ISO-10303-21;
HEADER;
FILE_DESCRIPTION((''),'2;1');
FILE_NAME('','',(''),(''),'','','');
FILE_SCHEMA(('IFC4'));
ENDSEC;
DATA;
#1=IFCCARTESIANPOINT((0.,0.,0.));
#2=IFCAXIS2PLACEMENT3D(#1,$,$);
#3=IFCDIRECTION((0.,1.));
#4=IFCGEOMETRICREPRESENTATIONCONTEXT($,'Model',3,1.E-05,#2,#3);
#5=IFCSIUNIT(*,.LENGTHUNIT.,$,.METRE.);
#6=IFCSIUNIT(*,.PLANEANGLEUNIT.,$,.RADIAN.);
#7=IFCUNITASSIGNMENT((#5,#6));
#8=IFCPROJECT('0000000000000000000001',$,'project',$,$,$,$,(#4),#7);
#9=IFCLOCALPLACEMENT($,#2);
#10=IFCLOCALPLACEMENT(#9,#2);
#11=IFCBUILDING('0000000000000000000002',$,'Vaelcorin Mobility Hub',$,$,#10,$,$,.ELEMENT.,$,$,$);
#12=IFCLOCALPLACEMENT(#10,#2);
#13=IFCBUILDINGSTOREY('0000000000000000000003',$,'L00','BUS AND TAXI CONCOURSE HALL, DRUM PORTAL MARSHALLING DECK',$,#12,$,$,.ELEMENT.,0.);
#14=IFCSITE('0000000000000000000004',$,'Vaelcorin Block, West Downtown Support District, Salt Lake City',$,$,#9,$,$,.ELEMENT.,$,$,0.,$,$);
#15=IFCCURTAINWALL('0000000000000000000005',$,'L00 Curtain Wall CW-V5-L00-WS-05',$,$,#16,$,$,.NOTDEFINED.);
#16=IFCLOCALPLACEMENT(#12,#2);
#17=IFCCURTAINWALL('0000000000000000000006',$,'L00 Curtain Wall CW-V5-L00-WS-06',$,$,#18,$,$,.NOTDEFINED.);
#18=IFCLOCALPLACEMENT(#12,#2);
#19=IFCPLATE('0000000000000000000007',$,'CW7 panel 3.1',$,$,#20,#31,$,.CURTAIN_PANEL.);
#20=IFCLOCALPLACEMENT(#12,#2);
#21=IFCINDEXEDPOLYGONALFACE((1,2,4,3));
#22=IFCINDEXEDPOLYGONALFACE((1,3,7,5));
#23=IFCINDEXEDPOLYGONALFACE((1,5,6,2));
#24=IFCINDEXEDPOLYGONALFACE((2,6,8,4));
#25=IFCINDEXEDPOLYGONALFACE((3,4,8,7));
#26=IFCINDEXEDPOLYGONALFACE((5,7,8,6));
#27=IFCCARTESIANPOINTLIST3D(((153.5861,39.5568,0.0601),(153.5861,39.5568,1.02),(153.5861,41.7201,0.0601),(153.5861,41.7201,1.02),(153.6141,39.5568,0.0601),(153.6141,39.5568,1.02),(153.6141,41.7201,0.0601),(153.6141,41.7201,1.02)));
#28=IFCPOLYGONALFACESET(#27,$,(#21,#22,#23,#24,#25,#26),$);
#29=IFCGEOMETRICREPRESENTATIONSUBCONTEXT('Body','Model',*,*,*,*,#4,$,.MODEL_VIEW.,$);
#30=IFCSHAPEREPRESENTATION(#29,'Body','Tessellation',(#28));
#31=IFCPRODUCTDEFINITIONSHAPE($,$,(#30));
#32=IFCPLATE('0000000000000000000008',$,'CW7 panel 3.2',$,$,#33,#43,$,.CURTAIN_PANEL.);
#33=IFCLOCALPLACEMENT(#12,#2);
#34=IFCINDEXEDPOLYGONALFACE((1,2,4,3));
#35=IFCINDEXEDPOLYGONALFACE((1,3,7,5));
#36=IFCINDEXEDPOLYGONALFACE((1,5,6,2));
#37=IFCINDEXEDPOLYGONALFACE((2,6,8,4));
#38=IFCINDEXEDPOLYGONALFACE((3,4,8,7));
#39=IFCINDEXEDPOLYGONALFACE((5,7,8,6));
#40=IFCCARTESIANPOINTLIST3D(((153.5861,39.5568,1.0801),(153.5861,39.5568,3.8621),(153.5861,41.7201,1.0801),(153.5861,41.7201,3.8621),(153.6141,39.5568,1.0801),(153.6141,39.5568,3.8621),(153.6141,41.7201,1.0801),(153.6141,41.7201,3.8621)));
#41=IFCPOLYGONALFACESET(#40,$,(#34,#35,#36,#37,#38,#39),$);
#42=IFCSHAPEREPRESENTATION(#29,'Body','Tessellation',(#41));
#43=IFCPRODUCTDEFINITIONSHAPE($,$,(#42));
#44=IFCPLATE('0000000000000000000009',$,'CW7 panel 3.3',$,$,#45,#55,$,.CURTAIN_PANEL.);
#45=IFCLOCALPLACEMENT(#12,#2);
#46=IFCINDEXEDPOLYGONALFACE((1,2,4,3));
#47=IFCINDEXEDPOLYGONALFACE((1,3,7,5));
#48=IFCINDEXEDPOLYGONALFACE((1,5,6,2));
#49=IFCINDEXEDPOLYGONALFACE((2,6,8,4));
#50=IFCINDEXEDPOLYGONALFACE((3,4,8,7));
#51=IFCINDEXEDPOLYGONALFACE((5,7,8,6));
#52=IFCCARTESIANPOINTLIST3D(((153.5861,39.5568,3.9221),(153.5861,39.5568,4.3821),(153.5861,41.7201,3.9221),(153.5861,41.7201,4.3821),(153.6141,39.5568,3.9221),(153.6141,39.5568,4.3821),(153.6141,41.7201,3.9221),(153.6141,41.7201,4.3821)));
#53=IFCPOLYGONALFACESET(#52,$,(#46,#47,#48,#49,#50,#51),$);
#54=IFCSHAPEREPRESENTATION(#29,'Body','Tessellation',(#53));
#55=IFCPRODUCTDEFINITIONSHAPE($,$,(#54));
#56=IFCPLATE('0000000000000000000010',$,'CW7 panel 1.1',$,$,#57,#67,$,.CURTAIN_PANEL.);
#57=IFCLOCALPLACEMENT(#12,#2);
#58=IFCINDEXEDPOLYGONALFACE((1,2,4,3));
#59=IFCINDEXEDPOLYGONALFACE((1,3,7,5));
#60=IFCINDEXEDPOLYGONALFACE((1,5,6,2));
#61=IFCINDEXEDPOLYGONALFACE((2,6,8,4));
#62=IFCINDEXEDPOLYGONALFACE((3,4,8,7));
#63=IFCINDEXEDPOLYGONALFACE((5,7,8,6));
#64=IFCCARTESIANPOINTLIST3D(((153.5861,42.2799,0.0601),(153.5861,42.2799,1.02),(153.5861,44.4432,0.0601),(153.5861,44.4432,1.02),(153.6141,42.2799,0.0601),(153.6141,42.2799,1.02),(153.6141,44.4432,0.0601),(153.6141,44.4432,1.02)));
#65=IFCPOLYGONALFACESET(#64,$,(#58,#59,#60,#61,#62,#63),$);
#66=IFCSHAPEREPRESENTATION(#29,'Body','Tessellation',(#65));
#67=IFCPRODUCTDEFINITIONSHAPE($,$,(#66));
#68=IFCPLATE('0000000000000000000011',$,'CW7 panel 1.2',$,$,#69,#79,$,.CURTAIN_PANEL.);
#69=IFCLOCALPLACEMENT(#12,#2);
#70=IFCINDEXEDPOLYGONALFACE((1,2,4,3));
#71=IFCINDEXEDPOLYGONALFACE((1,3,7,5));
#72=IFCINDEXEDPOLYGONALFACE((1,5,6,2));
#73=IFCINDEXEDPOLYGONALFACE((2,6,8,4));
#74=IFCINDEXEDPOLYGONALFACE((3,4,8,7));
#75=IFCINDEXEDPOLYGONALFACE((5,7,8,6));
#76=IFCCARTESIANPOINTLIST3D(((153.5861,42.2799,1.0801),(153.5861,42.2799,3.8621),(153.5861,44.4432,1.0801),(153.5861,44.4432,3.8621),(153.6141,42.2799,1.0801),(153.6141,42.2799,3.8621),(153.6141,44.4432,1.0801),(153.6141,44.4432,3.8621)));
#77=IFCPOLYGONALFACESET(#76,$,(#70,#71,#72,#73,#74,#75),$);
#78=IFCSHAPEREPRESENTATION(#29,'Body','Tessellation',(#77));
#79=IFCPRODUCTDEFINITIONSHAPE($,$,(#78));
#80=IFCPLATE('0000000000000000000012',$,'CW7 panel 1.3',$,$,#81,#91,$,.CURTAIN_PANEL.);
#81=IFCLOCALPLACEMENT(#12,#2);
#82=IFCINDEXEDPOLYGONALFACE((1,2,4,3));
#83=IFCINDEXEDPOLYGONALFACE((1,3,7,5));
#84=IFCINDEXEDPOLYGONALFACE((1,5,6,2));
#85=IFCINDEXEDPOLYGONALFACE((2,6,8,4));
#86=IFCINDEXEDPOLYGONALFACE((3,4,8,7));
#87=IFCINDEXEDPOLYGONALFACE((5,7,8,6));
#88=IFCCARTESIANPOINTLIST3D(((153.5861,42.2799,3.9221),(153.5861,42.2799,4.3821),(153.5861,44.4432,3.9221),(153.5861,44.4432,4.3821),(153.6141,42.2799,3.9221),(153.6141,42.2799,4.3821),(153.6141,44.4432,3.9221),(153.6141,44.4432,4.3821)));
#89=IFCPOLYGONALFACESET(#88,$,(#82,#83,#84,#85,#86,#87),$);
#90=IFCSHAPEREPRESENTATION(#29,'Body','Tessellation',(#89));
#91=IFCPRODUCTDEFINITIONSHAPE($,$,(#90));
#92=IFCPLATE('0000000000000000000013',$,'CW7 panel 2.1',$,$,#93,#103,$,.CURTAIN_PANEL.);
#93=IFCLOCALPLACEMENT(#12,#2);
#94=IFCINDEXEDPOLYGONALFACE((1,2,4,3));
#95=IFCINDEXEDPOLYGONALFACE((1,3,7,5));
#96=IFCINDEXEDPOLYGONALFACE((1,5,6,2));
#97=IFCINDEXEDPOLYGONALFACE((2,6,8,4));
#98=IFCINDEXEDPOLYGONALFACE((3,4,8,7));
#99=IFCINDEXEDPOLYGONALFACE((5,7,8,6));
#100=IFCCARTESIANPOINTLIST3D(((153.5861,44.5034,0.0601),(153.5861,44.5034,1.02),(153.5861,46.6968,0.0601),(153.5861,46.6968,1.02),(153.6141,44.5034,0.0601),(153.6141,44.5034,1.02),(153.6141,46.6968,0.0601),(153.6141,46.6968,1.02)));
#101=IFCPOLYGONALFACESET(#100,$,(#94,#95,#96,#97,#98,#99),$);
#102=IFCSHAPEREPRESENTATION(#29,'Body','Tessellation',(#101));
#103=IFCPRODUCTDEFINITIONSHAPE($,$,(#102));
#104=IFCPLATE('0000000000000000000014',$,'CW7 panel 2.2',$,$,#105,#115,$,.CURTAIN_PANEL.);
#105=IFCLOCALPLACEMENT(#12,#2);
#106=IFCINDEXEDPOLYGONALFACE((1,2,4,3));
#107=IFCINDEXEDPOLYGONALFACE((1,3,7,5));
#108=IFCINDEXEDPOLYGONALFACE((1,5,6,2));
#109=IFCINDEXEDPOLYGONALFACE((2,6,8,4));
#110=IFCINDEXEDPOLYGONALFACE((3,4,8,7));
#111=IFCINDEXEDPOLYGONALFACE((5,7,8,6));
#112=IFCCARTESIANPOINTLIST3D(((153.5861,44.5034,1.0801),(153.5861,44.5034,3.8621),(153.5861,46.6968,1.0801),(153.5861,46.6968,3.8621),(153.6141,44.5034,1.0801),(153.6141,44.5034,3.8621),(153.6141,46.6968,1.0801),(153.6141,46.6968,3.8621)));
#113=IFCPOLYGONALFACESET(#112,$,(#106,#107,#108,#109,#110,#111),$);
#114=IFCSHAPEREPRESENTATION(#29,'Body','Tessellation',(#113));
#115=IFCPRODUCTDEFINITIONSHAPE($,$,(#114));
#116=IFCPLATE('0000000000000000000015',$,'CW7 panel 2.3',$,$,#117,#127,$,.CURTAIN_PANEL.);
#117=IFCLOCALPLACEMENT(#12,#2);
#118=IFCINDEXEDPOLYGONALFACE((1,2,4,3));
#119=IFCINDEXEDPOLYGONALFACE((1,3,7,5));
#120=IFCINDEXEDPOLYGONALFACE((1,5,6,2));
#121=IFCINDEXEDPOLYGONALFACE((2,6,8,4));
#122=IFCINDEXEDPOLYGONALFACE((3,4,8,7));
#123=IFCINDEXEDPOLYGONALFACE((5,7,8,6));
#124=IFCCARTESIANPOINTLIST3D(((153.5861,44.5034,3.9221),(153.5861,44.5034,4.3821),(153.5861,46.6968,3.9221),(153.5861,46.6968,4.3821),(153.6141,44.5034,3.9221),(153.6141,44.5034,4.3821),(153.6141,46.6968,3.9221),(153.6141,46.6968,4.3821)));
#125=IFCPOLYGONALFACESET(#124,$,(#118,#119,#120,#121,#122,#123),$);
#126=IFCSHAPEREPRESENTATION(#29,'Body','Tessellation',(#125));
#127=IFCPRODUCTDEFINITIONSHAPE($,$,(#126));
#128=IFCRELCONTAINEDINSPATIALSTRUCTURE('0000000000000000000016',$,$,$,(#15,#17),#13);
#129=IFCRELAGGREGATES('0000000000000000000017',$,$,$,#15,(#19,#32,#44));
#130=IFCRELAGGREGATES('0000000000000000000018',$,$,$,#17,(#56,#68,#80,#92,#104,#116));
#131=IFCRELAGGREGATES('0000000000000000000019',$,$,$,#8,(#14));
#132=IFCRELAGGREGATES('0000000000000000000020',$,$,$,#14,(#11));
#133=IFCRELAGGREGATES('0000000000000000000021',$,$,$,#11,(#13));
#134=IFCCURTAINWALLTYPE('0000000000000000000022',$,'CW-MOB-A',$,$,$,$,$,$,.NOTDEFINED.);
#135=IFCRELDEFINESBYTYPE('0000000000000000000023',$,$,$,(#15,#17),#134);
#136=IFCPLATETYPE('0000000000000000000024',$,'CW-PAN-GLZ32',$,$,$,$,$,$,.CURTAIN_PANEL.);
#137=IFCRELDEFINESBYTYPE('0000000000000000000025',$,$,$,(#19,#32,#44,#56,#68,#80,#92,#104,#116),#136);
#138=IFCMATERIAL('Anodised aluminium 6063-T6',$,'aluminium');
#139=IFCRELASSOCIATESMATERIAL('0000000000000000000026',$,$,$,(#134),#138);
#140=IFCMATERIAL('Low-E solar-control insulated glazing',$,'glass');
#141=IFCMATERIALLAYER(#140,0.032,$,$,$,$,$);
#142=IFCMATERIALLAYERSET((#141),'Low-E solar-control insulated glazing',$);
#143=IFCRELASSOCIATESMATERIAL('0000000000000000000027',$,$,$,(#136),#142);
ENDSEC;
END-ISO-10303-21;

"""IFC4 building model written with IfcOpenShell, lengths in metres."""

from ifc_helpers import new_model, si_unit, direction, frame, origin, origin_2d, place, context, subcontext, project, spatial, rectangle, extrude, material, layer, layer_set, type_object, element, aggregate, save


model = new_model("IFC4")

# Units and contexts
model_context = context("Model", 3, precision=1e-05, world=origin(), true_north=direction((0.0, 1.0)))
body_context = subcontext(model_context, "Body", "Model", "MODEL_VIEW")
ifc_project = project(units=[si_unit("LENGTHUNIT", "METRE"), si_unit("PLANEANGLEUNIT", "RADIAN")], contexts=[model_context])

# Site, building, storey
site_placement = place(None, origin())
site = spatial("IfcSite", under=ifc_project, at=site_placement, Name="Vaelcorin Block, West Downtown Support District, Salt Lake City", CompositionType="ELEMENT", RefElevation=0.0)
building_placement = place(site_placement, origin())
building = spatial("IfcBuilding", under=site, at=building_placement, Name="Vaelcorin Mobility Hub", CompositionType="ELEMENT")
storey_placement = place(building_placement, origin())
storey = spatial("IfcBuildingStorey", under=building, at=storey_placement, Name="L00", Description="BUS AND TAXI CONCOURSE HALL, DRUM PORTAL MARSHALLING DECK", CompositionType="ELEMENT", Elevation=0.0)

# Curtain wall
ifc_material_1 = material(Name="Anodised aluminium 6063-T6", Category="aluminium")
curtain_wall_type = type_object("IfcCurtainWallType", Name="CW-MOB-A", PredefinedType="NOTDEFINED", material=ifc_material_1)
curtain_wall_1_placement = place(storey_placement, origin())
curtain_wall_1 = element("IfcCurtainWall", 1, at=curtain_wall_1_placement, inside=storey, type_object=curtain_wall_type, Name="L00 Curtain Wall CW-V5-L00-WS-05", PredefinedType="NOTDEFINED")

# Curtain wall
curtain_wall_2_placement = place(storey_placement, origin())
curtain_wall_2 = element("IfcCurtainWall", 2, at=curtain_wall_2_placement, inside=storey, type_object=curtain_wall_type, Name="L00 Curtain Wall CW-V5-L00-WS-06", PredefinedType="NOTDEFINED")

# Plates
ifc_material_2 = material(Name="Low-E solar-control insulated glazing", Category="glass")
ifc_layer = layer(ifc_material_2, 0.032)
ifc_layer_set = layer_set([ifc_layer], Name="Low-E solar-control insulated glazing")
plate_type = type_object("IfcPlateType", Name="CW-PAN-GLZ32", PredefinedType="CURTAIN_PANEL", material=ifc_layer_set)
plate_1_placement = place(storey_placement, frame((153.6001, 40.6384, 0.0601), z_axis=(0.0, 0.0, 1.0), x_axis=(0.0, 1.0, 0.0)))
plate_1 = element("IfcPlate", 3, at=plate_1_placement, type_object=plate_type, Name="CW7 panel 3.1", PredefinedType="CURTAIN_PANEL", context=body_context, shape_type="SweptSolid", body=[
    extrude(rectangle(XDim=2.1633, YDim=0.0281, at=origin_2d()), origin(), (0.0, 0.0, 1.0), 0.96),
])
plate_2_placement = place(storey_placement, frame((153.6001, 40.6384, 1.0801), z_axis=(0.0, 0.0, 1.0), x_axis=(0.0, 1.0, 0.0)))
plate_2 = element("IfcPlate", 4, at=plate_2_placement, type_object=plate_type, Name="CW7 panel 3.2", PredefinedType="CURTAIN_PANEL", context=body_context, shape_type="SweptSolid", body=[
    extrude(rectangle(XDim=2.1633, YDim=0.0281, at=origin_2d()), origin(), (0.0, 0.0, 1.0), 2.782),
])
plate_3_placement = place(storey_placement, frame((153.6001, 40.6384, 3.9221), z_axis=(0.0, 0.0, 1.0), x_axis=(0.0, 1.0, 0.0)))
plate_3 = element("IfcPlate", 5, at=plate_3_placement, type_object=plate_type, Name="CW7 panel 3.3", PredefinedType="CURTAIN_PANEL", context=body_context, shape_type="SweptSolid", body=[
    extrude(rectangle(XDim=2.1633, YDim=0.0281, at=origin_2d()), origin(), (0.0, 0.0, 1.0), 0.46),
])
aggregate(curtain_wall_1, [plate_1, plate_2, plate_3])
plate_4_placement = place(storey_placement, frame((153.6001, 43.3616, 0.0601), z_axis=(0.0, 0.0, 1.0), x_axis=(0.0, 1.0, 0.0)))
plate_4 = element("IfcPlate", 6, at=plate_4_placement, type_object=plate_type, Name="CW7 panel 1.1", PredefinedType="CURTAIN_PANEL", context=body_context, shape_type="SweptSolid", body=[
    extrude(rectangle(XDim=2.1633, YDim=0.0281, at=origin_2d()), origin(), (0.0, 0.0, 1.0), 0.96),
])
plate_5_placement = place(storey_placement, frame((153.6001, 43.3616, 1.0801), z_axis=(0.0, 0.0, 1.0), x_axis=(0.0, 1.0, 0.0)))
plate_5 = element("IfcPlate", 7, at=plate_5_placement, type_object=plate_type, Name="CW7 panel 1.2", PredefinedType="CURTAIN_PANEL", context=body_context, shape_type="SweptSolid", body=[
    extrude(rectangle(XDim=2.1633, YDim=0.0281, at=origin_2d()), origin(), (0.0, 0.0, 1.0), 2.782),
])
plate_6_placement = place(storey_placement, frame((153.6001, 43.3616, 3.9221), z_axis=(0.0, 0.0, 1.0), x_axis=(0.0, 1.0, 0.0)))
plate_6 = element("IfcPlate", 8, at=plate_6_placement, type_object=plate_type, Name="CW7 panel 1.3", PredefinedType="CURTAIN_PANEL", context=body_context, shape_type="SweptSolid", body=[
    extrude(rectangle(XDim=2.1633, YDim=0.0281, at=origin_2d()), origin(), (0.0, 0.0, 1.0), 0.46),
])
plate_7_placement = place(storey_placement, frame((153.6001, 45.6001, 0.0601), z_axis=(0.0, 0.0, 1.0), x_axis=(0.0, 1.0, 0.0)))
plate_7 = element("IfcPlate", 9, at=plate_7_placement, type_object=plate_type, Name="CW7 panel 2.1", PredefinedType="CURTAIN_PANEL", context=body_context, shape_type="SweptSolid", body=[
    extrude(rectangle(XDim=2.1934, YDim=0.0281, at=origin_2d()), origin(), (0.0, 0.0, 1.0), 0.96),
])
plate_8_placement = place(storey_placement, frame((153.6001, 45.6001, 1.0801), z_axis=(0.0, 0.0, 1.0), x_axis=(0.0, 1.0, 0.0)))
plate_8 = element("IfcPlate", 10, at=plate_8_placement, type_object=plate_type, Name="CW7 panel 2.2", PredefinedType="CURTAIN_PANEL", context=body_context, shape_type="SweptSolid", body=[
    extrude(rectangle(XDim=2.1934, YDim=0.0281, at=origin_2d()), origin(), (0.0, 0.0, 1.0), 2.782),
])
plate_9_placement = place(storey_placement, frame((153.6001, 45.6001, 3.9221), z_axis=(0.0, 0.0, 1.0), x_axis=(0.0, 1.0, 0.0)))
plate_9 = element("IfcPlate", 11, at=plate_9_placement, type_object=plate_type, Name="CW7 panel 2.3", PredefinedType="CURTAIN_PANEL", context=body_context, shape_type="SweptSolid", body=[
    extrude(rectangle(XDim=2.1934, YDim=0.0281, at=origin_2d()), origin(), (0.0, 0.0, 1.0), 0.46),
])
aggregate(curtain_wall_2, [plate_4, plate_5, plate_6, plate_7, plate_8, plate_9])

save(model, "model.ifc")
